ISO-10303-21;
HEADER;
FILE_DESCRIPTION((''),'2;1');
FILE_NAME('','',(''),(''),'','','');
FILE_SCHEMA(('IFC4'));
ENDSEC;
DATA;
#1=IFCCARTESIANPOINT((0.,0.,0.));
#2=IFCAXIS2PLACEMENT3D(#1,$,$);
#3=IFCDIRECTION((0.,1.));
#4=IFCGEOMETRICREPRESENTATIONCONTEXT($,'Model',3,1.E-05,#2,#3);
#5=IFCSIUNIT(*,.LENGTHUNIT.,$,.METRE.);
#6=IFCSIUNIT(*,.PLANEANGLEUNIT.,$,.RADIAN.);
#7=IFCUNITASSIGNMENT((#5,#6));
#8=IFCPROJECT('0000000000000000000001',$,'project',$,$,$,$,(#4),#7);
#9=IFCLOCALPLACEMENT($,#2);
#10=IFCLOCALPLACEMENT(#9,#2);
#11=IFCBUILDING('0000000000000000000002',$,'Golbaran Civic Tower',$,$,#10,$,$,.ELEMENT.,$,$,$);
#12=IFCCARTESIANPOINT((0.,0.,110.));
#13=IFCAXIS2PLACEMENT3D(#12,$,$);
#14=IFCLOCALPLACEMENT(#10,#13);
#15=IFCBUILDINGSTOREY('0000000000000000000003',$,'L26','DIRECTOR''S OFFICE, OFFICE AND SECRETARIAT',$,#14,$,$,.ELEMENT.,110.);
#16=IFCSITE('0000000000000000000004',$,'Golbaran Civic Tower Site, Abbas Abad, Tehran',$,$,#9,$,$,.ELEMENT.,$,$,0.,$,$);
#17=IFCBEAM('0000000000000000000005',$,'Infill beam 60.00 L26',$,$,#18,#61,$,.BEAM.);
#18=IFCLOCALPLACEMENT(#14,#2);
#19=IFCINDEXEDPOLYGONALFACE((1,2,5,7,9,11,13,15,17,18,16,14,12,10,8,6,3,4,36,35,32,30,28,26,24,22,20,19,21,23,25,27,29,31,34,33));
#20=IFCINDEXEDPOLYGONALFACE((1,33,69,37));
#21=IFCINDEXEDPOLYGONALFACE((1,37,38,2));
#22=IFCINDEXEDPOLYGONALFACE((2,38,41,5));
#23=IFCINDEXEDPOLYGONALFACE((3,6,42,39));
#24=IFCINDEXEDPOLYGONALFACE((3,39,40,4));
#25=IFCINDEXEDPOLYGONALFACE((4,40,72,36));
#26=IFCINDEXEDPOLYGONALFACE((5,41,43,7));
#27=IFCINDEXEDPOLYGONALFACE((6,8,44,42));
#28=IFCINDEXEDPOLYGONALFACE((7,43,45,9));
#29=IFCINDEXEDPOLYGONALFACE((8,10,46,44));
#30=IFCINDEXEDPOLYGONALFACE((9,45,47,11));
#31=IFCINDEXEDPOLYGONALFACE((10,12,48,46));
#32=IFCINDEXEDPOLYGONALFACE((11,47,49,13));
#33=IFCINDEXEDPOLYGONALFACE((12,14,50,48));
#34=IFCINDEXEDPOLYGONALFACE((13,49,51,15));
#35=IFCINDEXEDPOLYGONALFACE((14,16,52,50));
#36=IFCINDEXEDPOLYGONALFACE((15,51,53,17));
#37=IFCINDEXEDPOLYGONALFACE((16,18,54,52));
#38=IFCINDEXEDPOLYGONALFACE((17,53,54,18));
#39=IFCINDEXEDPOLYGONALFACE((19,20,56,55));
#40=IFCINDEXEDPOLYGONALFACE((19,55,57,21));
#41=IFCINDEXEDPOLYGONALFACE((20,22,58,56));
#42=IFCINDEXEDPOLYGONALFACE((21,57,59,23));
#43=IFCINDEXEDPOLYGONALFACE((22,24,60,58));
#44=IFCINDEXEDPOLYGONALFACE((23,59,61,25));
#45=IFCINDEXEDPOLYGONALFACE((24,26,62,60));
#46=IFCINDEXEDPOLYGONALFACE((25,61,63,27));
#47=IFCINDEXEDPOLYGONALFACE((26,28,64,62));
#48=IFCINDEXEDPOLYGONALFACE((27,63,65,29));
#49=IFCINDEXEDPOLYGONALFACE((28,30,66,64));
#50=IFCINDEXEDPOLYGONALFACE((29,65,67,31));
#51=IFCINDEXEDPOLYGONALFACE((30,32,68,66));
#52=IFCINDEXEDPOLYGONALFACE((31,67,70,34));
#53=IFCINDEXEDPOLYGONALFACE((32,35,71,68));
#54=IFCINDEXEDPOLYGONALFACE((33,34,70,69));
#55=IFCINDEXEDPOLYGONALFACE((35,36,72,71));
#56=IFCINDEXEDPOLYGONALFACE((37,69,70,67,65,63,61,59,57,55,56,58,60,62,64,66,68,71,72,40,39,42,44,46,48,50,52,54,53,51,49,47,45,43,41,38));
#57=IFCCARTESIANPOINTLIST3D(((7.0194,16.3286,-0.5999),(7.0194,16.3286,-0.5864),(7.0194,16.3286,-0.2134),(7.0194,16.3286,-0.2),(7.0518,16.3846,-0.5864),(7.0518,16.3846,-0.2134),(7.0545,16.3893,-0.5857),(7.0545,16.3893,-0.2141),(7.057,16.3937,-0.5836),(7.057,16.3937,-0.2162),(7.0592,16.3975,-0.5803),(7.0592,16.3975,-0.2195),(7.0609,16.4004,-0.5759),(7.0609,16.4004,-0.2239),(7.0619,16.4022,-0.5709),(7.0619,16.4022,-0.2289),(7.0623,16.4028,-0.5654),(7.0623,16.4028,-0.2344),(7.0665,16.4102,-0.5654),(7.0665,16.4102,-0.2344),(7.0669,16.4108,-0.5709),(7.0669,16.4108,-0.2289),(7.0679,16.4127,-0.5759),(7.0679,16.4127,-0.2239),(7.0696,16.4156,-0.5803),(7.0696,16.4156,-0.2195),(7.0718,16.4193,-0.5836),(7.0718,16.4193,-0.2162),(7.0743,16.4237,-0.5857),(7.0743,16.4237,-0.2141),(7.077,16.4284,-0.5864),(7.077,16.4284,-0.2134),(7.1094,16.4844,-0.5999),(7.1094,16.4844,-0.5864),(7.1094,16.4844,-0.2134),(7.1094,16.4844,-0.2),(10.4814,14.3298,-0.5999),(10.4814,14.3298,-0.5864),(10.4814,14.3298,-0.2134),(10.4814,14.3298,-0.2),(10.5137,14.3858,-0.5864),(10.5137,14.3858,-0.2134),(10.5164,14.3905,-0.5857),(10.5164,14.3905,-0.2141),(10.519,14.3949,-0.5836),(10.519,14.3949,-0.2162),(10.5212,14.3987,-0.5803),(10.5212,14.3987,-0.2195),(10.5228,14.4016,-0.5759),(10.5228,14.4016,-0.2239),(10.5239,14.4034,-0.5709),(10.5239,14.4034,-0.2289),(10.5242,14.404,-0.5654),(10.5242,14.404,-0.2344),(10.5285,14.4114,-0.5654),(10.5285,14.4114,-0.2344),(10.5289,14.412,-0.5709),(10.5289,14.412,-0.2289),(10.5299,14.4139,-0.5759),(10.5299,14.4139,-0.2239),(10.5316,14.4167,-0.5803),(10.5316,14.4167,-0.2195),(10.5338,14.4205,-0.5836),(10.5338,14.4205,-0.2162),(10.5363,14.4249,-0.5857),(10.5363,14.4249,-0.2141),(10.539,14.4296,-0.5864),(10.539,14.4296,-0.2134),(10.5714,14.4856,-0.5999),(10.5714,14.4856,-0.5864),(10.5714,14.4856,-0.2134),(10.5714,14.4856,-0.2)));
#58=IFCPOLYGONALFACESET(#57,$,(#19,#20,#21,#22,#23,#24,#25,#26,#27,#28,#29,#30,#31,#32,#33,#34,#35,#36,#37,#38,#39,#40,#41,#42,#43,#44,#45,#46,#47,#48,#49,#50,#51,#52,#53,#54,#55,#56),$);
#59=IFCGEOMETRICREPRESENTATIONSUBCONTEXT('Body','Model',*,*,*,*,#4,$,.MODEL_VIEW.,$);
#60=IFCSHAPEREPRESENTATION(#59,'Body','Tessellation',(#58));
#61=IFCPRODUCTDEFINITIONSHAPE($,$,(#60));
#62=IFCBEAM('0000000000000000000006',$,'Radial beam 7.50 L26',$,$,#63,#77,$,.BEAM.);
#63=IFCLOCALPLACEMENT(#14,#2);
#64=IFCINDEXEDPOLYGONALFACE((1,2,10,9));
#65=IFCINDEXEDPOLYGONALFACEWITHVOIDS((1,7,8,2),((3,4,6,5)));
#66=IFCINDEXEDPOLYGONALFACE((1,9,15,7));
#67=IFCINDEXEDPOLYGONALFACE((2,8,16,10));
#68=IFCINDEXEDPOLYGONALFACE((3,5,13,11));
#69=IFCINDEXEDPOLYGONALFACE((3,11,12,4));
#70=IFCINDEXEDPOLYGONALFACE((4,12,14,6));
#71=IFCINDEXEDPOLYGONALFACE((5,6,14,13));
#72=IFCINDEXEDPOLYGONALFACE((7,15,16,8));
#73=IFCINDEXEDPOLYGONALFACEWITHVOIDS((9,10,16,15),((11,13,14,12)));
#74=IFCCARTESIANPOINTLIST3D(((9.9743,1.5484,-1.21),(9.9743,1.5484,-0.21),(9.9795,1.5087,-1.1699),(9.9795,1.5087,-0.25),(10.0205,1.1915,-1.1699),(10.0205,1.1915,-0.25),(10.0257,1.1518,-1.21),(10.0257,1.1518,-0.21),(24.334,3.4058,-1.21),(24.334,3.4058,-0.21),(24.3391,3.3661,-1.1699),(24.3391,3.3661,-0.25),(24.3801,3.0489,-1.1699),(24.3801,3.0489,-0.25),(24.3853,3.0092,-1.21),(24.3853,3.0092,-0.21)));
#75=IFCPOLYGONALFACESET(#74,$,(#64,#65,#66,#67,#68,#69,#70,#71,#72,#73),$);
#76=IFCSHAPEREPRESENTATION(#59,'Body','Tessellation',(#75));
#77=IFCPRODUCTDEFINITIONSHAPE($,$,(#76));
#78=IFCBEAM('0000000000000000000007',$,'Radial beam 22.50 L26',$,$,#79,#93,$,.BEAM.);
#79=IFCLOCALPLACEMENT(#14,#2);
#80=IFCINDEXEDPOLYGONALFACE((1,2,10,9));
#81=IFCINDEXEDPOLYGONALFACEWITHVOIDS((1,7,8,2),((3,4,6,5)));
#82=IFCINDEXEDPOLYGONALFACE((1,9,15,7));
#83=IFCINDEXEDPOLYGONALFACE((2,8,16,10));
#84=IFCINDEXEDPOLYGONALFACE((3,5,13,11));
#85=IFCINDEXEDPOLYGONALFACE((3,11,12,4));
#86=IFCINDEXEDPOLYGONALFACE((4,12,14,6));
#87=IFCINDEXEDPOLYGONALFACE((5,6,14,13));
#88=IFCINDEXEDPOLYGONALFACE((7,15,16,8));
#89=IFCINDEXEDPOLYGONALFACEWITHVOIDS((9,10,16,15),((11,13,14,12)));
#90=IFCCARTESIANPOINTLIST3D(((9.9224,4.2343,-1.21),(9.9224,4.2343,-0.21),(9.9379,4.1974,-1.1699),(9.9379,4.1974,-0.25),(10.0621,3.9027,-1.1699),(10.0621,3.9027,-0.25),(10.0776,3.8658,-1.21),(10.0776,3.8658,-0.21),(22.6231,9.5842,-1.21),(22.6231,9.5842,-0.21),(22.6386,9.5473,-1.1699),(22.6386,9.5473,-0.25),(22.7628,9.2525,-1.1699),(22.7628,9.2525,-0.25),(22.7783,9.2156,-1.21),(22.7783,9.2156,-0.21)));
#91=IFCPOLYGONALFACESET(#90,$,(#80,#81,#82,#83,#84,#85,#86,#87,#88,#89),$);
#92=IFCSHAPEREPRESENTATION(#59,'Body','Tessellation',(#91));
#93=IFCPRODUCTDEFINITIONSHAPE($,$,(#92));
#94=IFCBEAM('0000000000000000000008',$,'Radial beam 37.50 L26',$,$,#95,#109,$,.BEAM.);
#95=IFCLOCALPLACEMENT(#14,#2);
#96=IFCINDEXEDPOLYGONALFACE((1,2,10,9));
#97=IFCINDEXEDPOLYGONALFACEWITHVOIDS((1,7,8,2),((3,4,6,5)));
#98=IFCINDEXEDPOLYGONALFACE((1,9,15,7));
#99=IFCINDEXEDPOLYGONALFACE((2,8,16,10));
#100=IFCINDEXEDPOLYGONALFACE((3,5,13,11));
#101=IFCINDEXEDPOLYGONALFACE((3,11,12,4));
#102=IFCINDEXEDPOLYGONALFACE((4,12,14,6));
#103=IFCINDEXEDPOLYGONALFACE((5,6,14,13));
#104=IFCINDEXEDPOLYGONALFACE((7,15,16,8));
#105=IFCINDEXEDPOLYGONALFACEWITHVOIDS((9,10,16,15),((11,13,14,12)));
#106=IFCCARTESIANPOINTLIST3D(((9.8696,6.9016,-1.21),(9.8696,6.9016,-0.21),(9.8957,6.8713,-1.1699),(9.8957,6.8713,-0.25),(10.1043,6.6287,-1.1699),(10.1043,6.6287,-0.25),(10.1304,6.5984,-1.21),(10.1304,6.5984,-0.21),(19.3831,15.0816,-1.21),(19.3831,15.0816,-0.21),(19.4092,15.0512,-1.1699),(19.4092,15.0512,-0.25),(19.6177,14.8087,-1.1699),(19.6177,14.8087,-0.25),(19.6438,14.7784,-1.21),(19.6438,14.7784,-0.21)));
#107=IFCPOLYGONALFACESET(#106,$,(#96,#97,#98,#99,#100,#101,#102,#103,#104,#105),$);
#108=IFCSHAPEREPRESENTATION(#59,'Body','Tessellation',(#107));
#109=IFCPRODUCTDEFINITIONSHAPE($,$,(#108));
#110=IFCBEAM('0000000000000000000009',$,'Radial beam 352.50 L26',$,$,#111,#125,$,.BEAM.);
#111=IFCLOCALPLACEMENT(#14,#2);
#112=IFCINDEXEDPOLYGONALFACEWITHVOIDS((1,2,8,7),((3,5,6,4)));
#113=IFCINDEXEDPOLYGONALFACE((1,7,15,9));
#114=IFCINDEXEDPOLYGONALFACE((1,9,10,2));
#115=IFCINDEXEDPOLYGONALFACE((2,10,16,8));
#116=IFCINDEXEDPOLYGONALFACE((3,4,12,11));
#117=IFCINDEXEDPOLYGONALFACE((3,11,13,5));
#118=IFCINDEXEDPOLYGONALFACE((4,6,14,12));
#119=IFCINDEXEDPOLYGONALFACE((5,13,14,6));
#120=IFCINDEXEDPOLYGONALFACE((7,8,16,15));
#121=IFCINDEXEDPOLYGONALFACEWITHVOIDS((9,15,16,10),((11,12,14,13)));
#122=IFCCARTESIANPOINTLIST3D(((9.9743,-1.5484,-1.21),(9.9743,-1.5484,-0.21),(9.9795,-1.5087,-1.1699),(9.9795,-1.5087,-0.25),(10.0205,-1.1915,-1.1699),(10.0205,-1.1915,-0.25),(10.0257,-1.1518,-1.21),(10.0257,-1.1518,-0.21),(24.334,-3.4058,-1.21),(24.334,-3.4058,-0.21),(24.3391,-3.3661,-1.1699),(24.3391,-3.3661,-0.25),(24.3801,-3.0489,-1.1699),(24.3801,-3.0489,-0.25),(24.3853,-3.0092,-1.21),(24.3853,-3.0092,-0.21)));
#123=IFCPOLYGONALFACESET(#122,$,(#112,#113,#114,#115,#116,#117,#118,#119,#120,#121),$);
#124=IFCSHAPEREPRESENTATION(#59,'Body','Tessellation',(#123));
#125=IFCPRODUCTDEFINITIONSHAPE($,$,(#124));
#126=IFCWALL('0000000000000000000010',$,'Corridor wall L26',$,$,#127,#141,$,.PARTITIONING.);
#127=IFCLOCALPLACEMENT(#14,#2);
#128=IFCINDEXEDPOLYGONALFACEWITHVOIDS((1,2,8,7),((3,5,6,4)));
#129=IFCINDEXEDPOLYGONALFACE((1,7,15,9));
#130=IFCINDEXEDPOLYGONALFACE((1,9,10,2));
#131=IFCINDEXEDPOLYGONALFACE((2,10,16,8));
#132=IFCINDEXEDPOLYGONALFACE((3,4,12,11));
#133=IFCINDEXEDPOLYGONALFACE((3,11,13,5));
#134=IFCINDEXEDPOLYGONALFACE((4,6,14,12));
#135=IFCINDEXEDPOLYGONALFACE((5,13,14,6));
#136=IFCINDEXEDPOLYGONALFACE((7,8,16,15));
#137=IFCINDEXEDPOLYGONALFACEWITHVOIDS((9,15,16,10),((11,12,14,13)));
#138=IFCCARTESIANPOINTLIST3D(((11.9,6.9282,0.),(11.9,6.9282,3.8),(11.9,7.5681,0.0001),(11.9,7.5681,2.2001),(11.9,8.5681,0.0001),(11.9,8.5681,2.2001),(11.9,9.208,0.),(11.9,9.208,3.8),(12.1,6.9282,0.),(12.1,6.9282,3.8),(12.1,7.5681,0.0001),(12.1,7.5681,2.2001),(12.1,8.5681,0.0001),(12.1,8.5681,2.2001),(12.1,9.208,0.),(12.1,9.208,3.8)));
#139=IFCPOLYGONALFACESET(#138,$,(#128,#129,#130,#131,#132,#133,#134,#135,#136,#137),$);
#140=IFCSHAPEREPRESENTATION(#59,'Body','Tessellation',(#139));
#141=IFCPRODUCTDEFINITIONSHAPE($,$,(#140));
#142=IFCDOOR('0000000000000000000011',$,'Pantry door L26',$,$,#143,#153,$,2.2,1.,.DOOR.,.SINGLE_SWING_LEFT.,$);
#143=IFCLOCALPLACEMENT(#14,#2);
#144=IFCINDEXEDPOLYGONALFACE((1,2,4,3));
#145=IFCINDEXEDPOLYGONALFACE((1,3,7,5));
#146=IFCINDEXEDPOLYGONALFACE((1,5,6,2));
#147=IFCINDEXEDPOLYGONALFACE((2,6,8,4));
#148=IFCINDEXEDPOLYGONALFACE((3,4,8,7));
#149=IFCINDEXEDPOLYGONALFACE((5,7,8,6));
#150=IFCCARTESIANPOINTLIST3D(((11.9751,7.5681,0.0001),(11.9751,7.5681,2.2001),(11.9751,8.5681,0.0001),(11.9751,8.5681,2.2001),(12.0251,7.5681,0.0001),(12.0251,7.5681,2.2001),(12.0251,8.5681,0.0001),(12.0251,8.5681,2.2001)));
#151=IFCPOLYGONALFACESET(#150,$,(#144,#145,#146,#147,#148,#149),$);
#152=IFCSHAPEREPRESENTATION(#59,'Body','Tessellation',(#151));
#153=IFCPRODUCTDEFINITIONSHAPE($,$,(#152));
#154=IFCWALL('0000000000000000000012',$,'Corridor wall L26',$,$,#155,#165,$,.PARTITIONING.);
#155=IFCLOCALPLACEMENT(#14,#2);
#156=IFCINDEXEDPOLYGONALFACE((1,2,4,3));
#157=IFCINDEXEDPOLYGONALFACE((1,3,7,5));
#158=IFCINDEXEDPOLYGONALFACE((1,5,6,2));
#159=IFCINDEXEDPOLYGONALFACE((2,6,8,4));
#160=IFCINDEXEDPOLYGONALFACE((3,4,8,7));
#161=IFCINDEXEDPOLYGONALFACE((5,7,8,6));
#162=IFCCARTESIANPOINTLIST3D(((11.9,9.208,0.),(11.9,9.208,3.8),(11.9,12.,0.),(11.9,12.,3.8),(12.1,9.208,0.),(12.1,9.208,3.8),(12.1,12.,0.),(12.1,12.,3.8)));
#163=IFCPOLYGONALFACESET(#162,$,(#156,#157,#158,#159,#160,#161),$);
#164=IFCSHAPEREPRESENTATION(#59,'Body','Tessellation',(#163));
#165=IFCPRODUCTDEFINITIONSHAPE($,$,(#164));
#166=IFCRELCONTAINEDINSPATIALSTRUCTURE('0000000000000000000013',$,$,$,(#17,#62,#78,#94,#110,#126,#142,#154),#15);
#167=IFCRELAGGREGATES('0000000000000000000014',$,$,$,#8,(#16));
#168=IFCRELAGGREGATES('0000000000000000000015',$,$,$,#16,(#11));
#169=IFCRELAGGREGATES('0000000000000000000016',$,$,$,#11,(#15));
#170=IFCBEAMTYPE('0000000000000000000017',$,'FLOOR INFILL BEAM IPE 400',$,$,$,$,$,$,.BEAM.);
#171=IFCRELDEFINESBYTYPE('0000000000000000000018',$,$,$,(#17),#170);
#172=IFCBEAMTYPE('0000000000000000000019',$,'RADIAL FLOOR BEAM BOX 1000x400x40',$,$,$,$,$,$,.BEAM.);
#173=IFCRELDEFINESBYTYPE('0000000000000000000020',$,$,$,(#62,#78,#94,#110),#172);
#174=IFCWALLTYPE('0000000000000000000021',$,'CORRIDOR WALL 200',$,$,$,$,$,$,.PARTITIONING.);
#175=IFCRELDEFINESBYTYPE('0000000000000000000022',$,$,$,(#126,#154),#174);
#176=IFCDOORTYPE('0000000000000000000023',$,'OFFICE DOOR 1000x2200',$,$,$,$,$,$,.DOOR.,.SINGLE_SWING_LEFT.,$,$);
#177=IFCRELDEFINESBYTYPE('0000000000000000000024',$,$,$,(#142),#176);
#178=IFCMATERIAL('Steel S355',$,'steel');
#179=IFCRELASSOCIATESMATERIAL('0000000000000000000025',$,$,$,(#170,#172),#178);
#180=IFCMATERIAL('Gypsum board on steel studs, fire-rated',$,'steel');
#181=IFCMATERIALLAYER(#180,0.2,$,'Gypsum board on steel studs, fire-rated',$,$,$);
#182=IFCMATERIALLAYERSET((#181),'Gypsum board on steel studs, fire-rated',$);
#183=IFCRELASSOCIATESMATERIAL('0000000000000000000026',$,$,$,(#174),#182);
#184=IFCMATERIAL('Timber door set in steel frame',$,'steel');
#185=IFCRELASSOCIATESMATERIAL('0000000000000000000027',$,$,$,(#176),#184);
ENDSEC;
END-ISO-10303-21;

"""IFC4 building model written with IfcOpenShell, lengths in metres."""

from ifc_helpers import new_model, si_unit, direction, frame, frame_2d, origin, origin_2d, place, context, subcontext, project, spatial, rectangle, hollow_rectangle, i_section, extrude, material, layer, layer_set, material_profile, profile_set, type_object, element, fill, save


model = new_model("IFC4")

# Units and contexts
model_context = context("Model", 3, precision=1e-05, world=origin(), true_north=direction((0.0, 1.0)))
body_context = subcontext(model_context, "Body", "Model", "MODEL_VIEW")
ifc_project = project(units=[si_unit("LENGTHUNIT", "METRE"), si_unit("PLANEANGLEUNIT", "RADIAN")], contexts=[model_context])

# Site, building, storey
site_placement = place(None, origin())
site = spatial("IfcSite", under=ifc_project, at=site_placement, Name="Golbaran Civic Tower Site, Abbas Abad, Tehran", CompositionType="ELEMENT", RefElevation=0.0)
building_placement = place(site_placement, origin())
building = spatial("IfcBuilding", under=site, at=building_placement, Name="Golbaran Civic Tower", CompositionType="ELEMENT")
storey_placement = place(building_placement, frame((0.0, 0.0, 110.0)))
storey = spatial("IfcBuildingStorey", under=building, at=storey_placement, Name="L26", Description="DIRECTOR'S OFFICE, OFFICE AND SECRETARIAT", CompositionType="ELEMENT", Elevation=110.0)

# Beams
ifc_material_1 = material(Name="Steel S355", Category="steel")
ifc_material_profile_1 = material_profile(ifc_material_1, i_section(OverallWidth=0.1799, OverallDepth=0.3999, WebThickness=0.0085, FlangeThickness=0.0134, FilletRadius=0.021, at=origin_2d()), Name="IPE 400")
ifc_profile_set_1 = profile_set([ifc_material_profile_1], Name="Steel S355")
beam_type_1 = type_object("IfcBeamType", Name="FLOOR INFILL BEAM IPE 400", PredefinedType="BEAM", material=ifc_profile_set_1)
beam_1_placement = place(storey_placement, frame((10.5264, 14.4077, -0.3999), z_axis=(-0.866021, 0.500008, 0.0), x_axis=(-0.500008, -0.866021, 0.0)))
element("IfcBeam", 1, at=beam_1_placement, inside=storey, type_object=beam_type_1, Name="Infill beam 60.00 L26", PredefinedType="BEAM", context=body_context, shape_type="SweptSolid", body=[
    extrude(i_section(OverallWidth=0.1799, OverallDepth=0.3999, WebThickness=0.0085, FlangeThickness=0.0134, FilletRadius=0.021, at=origin_2d()), origin(), (0.0, 0.0, 1.0), 3.9976),
])
ifc_material_profile_2 = material_profile(ifc_material_1, hollow_rectangle(XDim=0.3999, YDim=1.0, WallThickness=0.04, at=origin_2d()), Name="BOX 1000x400x40")
ifc_profile_set_2 = profile_set([ifc_material_profile_2], Name="Steel S355")
beam_type_2 = type_object("IfcBeamType", Name="RADIAL FLOOR BEAM BOX 1000x400x40", PredefinedType="BEAM", material=ifc_profile_set_2)
beam_2_placement = place(storey_placement, frame((10.0, 1.3501, -0.71), z_axis=(0.991738, 0.128282, 0.0), x_axis=(-0.128282, 0.991738, 0.0)))
element("IfcBeam", 2, at=beam_2_placement, inside=storey, type_object=beam_type_2, Name="Radial beam 7.50 L26", PredefinedType="BEAM", context=body_context, shape_type="SweptSolid", body=[
    extrude(hollow_rectangle(XDim=0.3999, YDim=1.0, WallThickness=0.04, at=origin_2d()), origin(), (0.0, 0.0, 1.0), 14.4792),
])
beam_3_placement = place(storey_placement, frame((10.0, 4.05, -0.71), z_axis=(0.921578, 0.388192, 0.0), x_axis=(-0.388192, 0.921578, 0.0)))
element("IfcBeam", 3, at=beam_3_placement, inside=storey, type_object=beam_type_2, Name="Radial beam 22.50 L26", PredefinedType="BEAM", context=body_context, shape_type="SweptSolid", body=[
    extrude(hollow_rectangle(XDim=0.3999, YDim=1.0, WallThickness=0.04, at=origin_2d()), origin(), (0.0, 0.0, 1.0), 13.7815),
])
beam_4_placement = place(storey_placement, frame((10.0, 6.75, -0.71), z_axis=(0.758249, 0.651965, 0.0), x_axis=(-0.651965, 0.758249, 0.0)))
element("IfcBeam", 4, at=beam_4_placement, inside=storey, type_object=beam_type_2, Name="Radial beam 37.50 L26", PredefinedType="BEAM", context=body_context, shape_type="SweptSolid", body=[
    extrude(hollow_rectangle(XDim=0.3999, YDim=1.0, WallThickness=0.04, at=origin_2d()), origin(), (0.0, 0.0, 1.0), 12.5466),
])
beam_5_placement = place(storey_placement, frame((10.0, -1.3501, -0.71), z_axis=(0.991738, -0.128282, 0.0), x_axis=(0.128282, 0.991738, 0.0)))
element("IfcBeam", 5, at=beam_5_placement, inside=storey, type_object=beam_type_2, Name="Radial beam 352.50 L26", PredefinedType="BEAM", context=body_context, shape_type="SweptSolid", body=[
    extrude(hollow_rectangle(XDim=0.3999, YDim=1.0, WallThickness=0.04, at=origin_2d()), origin(), (0.0, 0.0, 1.0), 14.4792),
])

# Wall, opening, door
ifc_material_2 = material(Name="Gypsum board on steel studs, fire-rated", Category="steel")
ifc_layer_1 = layer(ifc_material_2, 0.2, Name="Gypsum board on steel studs, fire-rated")
ifc_layer_set_1 = layer_set([ifc_layer_1], Name="Gypsum board on steel studs, fire-rated")
wall_type_1 = type_object("IfcWallType", Name="CORRIDOR WALL 200", PredefinedType="PARTITIONING", material=ifc_layer_set_1)
wall_1_placement = place(storey_placement, frame((12.0, 6.9282, 0.0), z_axis=(0.0, 0.0, 1.0), x_axis=(0.0, 1.0, 0.0)))
wall_1 = element("IfcWall", 6, at=wall_1_placement, inside=storey, type_object=wall_type_1, Name="Corridor wall L26", PredefinedType="PARTITIONING", context=body_context, shape_type="SweptSolid", body=[
    extrude(rectangle(XDim=2.2798, YDim=0.2, at=frame_2d((1.1399, 0.0))), origin(), (0.0, 0.0, 1.0), 3.8),
])
opening_1_placement = place(wall_1_placement, frame((0.6399, 0.0, 0.0)))
opening_1 = element("IfcOpeningElement", 7, at=opening_1_placement, cuts=wall_1, PredefinedType="OPENING", context=body_context, shape_type="SweptSolid", body=[
    extrude(rectangle(XDim=1.0, YDim=2.2, at=frame_2d((0.5, 1.1001))), frame((0.0, 0.1099, 0.0), z_axis=(0.0, -1.0, 0.0), x_axis=(1.0, 0.0, 0.0)), (0.0, 0.0, 1.0), 0.22),
])
ifc_material_3 = material(Name="Timber door set in steel frame", Category="steel")
door_type = type_object("IfcDoorType", Name="OFFICE DOOR 1000x2200", OperationType="SINGLE_SWING_LEFT", PredefinedType="DOOR", material=ifc_material_3)
door_1_placement = place(opening_1_placement, origin())
door_1 = element("IfcDoor", 8, at=door_1_placement, inside=storey, type_object=door_type, Name="Pantry door L26", OperationType="SINGLE_SWING_LEFT", OverallHeight=2.2, OverallWidth=1.0, PredefinedType="DOOR", context=body_context, shape_type="SweptSolid", body=[
    extrude(rectangle(XDim=1.0, YDim=2.2, at=frame_2d((0.5, 1.1001))), frame((0.0, 0.0249, 0.0), z_axis=(0.0, -1.0, 0.0), x_axis=(1.0, 0.0, 0.0)), (0.0, 0.0, 1.0), 0.05),
])
fill(opening_1, door_1)

# Wall
wall_2_placement = place(storey_placement, frame((12.0, 9.208, 0.0), z_axis=(0.0, 0.0, 1.0), x_axis=(0.0, 1.0, 0.0)))
element("IfcWall", 9, at=wall_2_placement, inside=storey, type_object=wall_type_1, Name="Corridor wall L26", PredefinedType="PARTITIONING", context=body_context, shape_type="SweptSolid", body=[
    extrude(rectangle(XDim=2.792, YDim=0.2, at=frame_2d((1.396, 0.0))), origin(), (0.0, 0.0, 1.0), 3.8),
])

save(model, "model.ifc")
